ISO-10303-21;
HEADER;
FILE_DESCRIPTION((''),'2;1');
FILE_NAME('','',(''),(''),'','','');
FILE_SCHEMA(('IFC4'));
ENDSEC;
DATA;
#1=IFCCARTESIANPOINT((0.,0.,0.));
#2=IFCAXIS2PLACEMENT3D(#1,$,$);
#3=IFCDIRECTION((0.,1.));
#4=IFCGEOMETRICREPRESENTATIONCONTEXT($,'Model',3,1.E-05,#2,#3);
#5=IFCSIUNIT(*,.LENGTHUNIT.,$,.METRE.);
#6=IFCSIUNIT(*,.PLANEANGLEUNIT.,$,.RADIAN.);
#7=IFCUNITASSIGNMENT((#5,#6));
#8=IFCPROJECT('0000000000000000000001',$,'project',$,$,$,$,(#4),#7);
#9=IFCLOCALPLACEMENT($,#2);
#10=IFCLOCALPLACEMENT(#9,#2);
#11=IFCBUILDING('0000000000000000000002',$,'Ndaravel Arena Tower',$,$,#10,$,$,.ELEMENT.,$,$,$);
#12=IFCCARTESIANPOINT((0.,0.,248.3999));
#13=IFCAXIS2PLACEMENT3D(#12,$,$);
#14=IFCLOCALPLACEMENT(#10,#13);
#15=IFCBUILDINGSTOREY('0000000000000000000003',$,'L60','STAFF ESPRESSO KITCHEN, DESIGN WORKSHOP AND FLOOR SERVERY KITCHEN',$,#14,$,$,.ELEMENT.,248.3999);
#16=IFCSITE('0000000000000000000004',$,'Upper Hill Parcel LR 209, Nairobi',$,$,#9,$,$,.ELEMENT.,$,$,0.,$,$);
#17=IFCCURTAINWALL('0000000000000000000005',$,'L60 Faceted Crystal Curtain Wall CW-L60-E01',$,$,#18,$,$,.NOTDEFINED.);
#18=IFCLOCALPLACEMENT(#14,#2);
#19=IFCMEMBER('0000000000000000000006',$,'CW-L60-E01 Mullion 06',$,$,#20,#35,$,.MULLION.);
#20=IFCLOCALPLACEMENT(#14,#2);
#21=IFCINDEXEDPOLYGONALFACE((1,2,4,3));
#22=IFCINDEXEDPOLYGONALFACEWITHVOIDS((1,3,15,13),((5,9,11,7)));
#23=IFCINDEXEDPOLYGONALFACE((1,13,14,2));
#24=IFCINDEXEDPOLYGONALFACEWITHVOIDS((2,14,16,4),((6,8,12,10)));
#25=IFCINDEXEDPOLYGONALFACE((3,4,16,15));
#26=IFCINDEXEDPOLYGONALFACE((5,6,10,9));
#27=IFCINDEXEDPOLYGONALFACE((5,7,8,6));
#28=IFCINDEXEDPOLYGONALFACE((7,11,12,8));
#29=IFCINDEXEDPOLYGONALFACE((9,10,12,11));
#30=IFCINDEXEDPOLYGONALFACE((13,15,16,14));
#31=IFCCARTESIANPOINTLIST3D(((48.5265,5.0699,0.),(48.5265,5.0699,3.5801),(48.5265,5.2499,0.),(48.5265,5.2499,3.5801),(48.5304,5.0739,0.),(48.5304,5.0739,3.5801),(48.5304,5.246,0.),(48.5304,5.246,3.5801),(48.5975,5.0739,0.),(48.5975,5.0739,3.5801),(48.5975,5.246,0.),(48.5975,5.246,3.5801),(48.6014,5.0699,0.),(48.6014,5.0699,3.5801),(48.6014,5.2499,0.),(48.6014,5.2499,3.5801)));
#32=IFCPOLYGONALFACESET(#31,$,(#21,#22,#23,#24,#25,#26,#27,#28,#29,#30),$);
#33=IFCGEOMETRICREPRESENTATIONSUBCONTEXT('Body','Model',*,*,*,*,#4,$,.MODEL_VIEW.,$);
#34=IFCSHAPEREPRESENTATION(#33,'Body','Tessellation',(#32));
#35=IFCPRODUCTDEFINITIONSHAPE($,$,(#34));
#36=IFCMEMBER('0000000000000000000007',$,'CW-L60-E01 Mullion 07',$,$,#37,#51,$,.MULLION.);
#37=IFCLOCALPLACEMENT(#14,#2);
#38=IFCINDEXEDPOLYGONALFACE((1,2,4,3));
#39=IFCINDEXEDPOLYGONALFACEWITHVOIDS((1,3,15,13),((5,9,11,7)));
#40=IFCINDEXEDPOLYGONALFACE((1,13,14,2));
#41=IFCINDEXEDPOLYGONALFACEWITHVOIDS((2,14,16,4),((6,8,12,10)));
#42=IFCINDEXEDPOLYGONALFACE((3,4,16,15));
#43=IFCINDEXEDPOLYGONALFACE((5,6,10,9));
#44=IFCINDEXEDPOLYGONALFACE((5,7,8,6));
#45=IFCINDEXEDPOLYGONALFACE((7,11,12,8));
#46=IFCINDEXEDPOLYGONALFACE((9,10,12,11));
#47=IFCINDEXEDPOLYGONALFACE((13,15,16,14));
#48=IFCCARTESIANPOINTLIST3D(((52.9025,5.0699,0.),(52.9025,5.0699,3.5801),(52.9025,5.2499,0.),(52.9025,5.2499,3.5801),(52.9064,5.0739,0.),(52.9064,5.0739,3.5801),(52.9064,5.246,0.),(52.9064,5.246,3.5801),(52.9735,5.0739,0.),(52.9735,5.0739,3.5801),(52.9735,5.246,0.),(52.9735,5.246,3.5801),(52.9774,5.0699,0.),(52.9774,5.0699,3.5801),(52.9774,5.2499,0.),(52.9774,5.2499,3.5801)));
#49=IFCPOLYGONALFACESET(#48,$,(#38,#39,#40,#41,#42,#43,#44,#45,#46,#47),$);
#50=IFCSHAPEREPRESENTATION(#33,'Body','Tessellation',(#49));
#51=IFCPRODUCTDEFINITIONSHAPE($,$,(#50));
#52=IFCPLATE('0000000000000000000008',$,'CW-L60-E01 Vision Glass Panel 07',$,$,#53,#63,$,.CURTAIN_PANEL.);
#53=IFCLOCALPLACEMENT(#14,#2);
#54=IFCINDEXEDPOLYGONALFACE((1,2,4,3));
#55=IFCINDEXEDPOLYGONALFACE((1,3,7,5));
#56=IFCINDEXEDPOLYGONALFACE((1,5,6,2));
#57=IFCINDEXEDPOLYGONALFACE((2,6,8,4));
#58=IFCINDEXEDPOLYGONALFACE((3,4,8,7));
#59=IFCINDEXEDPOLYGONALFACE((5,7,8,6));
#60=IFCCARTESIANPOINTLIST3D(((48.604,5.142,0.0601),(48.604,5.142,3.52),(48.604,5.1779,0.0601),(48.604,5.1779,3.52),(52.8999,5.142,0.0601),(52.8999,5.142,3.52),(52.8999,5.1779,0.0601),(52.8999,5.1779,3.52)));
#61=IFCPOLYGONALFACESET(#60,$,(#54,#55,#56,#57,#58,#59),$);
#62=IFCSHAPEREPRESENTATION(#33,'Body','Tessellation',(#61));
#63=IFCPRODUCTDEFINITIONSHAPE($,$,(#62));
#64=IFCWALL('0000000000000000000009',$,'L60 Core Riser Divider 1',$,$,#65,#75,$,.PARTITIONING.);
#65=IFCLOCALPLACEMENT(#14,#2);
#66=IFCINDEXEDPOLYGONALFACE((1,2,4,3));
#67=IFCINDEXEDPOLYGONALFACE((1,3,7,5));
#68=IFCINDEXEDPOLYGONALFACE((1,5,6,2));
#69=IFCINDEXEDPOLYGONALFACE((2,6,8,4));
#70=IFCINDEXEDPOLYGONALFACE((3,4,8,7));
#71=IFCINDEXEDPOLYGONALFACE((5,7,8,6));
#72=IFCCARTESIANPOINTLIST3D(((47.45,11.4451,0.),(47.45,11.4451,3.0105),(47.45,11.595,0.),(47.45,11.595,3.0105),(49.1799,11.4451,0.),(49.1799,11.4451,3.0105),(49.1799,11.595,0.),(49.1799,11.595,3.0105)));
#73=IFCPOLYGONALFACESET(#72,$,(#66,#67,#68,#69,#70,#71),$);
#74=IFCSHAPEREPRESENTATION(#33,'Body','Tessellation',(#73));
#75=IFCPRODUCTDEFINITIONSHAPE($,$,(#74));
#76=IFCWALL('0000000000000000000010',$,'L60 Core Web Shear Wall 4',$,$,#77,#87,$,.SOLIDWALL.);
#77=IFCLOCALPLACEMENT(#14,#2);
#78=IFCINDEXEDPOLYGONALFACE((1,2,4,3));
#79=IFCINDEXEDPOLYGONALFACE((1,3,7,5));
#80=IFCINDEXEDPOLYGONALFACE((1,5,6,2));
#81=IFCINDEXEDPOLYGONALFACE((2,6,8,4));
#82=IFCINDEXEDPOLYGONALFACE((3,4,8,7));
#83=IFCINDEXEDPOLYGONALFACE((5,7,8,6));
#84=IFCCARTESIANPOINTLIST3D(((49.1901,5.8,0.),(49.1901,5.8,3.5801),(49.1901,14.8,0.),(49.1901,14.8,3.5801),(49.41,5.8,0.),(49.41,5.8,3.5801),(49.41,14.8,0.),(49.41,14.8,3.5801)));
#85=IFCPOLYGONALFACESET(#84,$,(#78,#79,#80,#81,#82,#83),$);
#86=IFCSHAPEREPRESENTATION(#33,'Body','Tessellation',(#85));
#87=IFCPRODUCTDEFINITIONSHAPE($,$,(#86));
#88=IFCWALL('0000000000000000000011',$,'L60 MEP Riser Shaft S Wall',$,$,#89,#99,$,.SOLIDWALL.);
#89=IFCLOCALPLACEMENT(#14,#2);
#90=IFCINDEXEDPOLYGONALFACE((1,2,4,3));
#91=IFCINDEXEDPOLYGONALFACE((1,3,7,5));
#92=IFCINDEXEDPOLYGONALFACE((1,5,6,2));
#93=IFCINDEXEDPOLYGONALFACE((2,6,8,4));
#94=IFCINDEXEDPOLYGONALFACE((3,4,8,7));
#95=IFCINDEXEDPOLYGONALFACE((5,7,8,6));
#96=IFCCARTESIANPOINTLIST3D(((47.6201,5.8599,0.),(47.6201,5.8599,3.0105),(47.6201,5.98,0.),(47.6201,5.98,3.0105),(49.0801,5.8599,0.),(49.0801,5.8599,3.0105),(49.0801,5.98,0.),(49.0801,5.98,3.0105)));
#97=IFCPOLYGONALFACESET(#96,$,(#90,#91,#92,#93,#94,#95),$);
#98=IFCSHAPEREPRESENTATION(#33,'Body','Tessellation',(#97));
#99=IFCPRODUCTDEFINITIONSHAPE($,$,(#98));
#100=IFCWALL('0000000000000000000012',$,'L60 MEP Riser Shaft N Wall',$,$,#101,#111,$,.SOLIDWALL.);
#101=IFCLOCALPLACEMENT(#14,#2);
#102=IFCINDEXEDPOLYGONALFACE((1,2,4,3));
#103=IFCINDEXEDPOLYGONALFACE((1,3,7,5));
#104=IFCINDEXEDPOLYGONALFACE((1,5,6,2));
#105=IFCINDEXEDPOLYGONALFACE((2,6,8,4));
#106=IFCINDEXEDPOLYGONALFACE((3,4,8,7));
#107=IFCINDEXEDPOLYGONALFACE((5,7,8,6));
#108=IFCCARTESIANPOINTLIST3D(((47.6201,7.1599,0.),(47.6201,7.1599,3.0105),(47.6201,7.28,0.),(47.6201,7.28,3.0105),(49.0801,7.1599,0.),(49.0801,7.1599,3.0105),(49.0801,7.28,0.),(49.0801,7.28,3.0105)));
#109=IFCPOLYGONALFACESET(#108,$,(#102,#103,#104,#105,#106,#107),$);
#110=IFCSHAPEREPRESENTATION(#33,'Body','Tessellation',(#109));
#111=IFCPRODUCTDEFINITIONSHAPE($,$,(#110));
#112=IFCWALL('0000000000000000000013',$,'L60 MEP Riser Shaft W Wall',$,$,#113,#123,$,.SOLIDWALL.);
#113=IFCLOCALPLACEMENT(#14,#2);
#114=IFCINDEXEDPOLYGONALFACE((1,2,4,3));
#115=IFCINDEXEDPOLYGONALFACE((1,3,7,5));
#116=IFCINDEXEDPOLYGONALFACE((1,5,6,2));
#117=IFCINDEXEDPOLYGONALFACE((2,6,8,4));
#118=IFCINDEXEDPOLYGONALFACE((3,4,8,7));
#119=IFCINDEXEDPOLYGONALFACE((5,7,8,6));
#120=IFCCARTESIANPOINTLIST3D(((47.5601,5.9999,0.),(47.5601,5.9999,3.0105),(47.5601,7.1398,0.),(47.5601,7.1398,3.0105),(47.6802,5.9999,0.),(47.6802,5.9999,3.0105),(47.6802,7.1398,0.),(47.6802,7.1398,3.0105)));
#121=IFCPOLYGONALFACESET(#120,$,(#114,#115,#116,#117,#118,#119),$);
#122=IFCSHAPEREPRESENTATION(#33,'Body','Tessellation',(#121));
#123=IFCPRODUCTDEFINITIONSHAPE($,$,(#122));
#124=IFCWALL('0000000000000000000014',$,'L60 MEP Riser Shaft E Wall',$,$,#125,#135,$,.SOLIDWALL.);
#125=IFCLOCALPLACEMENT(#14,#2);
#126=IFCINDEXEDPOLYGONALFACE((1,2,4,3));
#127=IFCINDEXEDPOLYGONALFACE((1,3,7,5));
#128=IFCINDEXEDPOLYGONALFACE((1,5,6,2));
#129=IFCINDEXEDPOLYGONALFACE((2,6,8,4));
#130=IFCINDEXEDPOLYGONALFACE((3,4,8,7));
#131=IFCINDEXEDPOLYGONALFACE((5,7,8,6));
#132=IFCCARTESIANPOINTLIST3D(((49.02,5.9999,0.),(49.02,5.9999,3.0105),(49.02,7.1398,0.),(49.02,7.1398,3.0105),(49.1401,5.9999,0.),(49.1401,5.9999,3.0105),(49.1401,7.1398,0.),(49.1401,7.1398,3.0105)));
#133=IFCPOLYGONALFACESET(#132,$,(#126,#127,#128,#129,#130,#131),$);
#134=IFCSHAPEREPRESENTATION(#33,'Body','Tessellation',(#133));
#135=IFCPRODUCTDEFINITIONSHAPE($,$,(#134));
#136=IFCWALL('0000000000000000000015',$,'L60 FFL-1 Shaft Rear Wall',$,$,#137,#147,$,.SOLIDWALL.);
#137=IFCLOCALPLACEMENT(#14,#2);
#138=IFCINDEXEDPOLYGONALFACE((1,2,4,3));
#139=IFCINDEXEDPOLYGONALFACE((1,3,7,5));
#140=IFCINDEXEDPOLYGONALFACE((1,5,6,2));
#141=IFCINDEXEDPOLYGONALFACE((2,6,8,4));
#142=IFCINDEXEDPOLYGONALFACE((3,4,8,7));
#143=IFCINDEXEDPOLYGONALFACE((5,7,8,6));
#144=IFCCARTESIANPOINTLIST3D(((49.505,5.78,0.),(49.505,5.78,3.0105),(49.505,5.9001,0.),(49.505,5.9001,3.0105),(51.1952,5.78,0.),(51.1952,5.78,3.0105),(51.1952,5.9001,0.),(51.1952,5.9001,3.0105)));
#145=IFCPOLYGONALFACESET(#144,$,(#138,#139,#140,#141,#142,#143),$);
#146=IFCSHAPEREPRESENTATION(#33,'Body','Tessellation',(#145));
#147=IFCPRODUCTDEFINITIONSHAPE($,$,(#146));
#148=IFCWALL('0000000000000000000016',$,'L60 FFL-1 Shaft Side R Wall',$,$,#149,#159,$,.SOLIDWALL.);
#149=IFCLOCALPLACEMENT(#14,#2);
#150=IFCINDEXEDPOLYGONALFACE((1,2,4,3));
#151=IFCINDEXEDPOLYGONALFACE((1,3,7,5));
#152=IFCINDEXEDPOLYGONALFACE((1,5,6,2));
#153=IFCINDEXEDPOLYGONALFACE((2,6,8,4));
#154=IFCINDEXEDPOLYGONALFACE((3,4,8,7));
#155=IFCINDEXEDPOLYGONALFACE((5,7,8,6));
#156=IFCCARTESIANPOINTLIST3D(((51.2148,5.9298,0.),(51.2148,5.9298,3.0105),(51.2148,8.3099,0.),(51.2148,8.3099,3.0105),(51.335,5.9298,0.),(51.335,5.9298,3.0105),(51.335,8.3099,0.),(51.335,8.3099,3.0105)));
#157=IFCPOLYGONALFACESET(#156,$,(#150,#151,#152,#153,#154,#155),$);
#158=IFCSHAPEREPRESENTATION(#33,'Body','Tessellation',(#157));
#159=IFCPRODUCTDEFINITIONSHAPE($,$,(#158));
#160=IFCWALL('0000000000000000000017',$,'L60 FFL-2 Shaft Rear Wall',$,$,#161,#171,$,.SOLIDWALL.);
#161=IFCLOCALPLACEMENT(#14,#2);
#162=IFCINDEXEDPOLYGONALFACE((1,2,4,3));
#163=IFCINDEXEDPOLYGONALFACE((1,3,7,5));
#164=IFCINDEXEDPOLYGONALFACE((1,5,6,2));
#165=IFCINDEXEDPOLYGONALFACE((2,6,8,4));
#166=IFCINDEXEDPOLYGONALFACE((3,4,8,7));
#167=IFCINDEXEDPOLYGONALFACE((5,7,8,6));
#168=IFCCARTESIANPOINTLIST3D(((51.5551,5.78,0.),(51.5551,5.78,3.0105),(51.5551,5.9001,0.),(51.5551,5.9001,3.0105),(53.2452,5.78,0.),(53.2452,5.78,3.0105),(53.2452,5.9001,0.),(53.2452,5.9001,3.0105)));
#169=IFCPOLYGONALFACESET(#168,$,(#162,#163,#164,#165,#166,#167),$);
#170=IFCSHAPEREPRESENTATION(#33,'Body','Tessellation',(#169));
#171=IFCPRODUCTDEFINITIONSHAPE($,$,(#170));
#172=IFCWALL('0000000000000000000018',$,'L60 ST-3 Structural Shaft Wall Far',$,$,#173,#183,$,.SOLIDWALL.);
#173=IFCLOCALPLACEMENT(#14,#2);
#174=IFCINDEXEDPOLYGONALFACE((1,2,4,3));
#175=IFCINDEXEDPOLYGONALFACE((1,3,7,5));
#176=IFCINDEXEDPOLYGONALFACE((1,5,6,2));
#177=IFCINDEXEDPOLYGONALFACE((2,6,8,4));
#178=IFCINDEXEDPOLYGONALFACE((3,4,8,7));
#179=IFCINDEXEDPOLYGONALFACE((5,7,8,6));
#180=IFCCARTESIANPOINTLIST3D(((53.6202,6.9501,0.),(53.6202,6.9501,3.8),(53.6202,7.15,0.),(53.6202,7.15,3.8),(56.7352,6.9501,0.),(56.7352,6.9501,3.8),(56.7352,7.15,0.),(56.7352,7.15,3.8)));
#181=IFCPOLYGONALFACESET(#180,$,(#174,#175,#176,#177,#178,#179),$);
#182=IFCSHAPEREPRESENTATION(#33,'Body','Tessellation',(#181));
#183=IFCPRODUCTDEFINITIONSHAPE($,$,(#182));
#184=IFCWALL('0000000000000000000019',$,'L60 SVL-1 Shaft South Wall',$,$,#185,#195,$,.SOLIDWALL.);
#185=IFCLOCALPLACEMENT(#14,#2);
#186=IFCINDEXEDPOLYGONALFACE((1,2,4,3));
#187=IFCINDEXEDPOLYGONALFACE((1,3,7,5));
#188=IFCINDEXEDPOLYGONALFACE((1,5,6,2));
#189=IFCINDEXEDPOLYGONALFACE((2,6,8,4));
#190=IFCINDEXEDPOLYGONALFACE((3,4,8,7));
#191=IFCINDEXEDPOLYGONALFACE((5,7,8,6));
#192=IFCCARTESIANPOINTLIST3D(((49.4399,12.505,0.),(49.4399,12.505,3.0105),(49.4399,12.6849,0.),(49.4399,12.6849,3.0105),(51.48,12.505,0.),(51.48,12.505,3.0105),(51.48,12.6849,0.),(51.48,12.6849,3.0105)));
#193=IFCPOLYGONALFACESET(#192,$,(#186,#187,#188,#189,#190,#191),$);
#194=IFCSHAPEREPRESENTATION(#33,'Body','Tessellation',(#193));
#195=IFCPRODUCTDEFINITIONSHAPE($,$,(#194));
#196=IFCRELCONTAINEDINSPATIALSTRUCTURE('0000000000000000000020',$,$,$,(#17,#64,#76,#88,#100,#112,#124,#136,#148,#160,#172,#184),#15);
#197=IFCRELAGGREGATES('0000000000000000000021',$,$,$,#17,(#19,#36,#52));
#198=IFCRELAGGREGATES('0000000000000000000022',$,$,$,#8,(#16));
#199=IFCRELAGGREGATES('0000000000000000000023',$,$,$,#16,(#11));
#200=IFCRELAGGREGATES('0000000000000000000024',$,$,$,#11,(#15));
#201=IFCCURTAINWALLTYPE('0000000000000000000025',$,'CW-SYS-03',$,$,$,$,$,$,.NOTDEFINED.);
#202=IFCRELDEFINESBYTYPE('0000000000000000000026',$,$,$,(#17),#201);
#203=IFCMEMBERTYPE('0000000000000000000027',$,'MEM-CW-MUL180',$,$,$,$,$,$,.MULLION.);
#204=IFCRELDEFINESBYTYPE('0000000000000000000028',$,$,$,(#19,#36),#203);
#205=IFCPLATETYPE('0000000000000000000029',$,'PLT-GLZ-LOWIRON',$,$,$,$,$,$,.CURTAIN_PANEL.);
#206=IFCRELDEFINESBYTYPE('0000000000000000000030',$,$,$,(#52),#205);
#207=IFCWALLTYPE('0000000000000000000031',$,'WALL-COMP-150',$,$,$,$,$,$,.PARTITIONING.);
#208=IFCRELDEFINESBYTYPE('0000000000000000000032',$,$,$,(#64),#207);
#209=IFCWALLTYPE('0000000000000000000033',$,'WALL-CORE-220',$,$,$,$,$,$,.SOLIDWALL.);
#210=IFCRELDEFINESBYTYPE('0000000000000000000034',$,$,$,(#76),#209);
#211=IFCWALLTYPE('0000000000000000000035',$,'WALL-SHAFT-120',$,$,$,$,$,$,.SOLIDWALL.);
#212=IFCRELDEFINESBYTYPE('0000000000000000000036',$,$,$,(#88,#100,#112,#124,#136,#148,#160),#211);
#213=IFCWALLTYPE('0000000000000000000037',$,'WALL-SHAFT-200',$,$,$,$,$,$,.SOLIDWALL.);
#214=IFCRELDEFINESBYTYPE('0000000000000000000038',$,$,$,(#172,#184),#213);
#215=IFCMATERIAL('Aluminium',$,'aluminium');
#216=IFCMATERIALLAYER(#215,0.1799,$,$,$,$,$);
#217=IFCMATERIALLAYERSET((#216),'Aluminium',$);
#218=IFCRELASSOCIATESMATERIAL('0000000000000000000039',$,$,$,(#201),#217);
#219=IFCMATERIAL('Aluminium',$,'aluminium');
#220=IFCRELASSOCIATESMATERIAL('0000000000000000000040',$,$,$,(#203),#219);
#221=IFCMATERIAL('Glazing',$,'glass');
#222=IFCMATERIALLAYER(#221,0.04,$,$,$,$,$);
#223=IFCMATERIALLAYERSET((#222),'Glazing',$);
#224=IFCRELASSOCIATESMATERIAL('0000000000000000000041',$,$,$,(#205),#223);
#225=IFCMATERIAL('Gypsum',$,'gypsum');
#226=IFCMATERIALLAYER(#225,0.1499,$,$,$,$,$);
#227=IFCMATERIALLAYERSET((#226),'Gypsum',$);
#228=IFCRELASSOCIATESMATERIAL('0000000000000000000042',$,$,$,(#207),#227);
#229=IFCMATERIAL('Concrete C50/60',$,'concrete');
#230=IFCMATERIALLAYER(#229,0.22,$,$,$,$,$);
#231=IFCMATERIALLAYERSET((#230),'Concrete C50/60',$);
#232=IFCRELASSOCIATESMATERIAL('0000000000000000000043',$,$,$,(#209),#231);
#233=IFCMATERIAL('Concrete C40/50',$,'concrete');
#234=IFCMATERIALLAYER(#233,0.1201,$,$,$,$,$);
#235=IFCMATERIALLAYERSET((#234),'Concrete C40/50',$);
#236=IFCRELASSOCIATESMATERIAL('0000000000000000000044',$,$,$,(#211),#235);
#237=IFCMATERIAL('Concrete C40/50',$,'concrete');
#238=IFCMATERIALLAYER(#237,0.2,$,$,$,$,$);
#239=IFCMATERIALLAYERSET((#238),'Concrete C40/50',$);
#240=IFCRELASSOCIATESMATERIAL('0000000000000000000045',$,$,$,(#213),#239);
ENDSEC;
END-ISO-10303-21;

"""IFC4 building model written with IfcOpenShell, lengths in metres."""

from ifc_helpers import new_model, si_unit, direction, frame, frame_2d, origin, origin_2d, place, context, subcontext, project, spatial, rectangle, hollow_rectangle, extrude, material, layer, layer_set, material_profile, profile_set, type_object, element, aggregate, save


model = new_model("IFC4")

# Units and contexts
model_context = context("Model", 3, precision=1e-05, world=origin(), true_north=direction((0.0, 1.0)))
body_context = subcontext(model_context, "Body", "Model", "MODEL_VIEW")
ifc_project = project(units=[si_unit("LENGTHUNIT", "METRE"), si_unit("PLANEANGLEUNIT", "RADIAN")], contexts=[model_context])

# Site, building, storey
site_placement = place(None, origin())
site = spatial("IfcSite", under=ifc_project, at=site_placement, Name="Upper Hill Parcel LR 209, Nairobi", CompositionType="ELEMENT", RefElevation=0.0)
building_placement = place(site_placement, origin())
building = spatial("IfcBuilding", under=site, at=building_placement, Name="Ndaravel Arena Tower", CompositionType="ELEMENT")
storey_placement = place(building_placement, frame((0.0, 0.0, 248.3999)))
storey = spatial("IfcBuildingStorey", under=building, at=storey_placement, Name="L60", Description="STAFF ESPRESSO KITCHEN, DESIGN WORKSHOP AND FLOOR SERVERY KITCHEN", CompositionType="ELEMENT", Elevation=248.3999)

# Curtain wall, members, plate
ifc_material_1 = material(Name="Aluminium", Category="aluminium")
ifc_layer_1 = layer(ifc_material_1, 0.1799)
ifc_layer_set_1 = layer_set([ifc_layer_1], Name="Aluminium")
curtain_wall_type = type_object("IfcCurtainWallType", Name="CW-SYS-03", PredefinedType="NOTDEFINED", material=ifc_layer_set_1)
curtain_wall_placement = place(storey_placement, origin())
curtain_wall = element("IfcCurtainWall", 1, at=curtain_wall_placement, inside=storey, type_object=curtain_wall_type, Name="L60 Faceted Crystal Curtain Wall CW-L60-E01", PredefinedType="NOTDEFINED")
ifc_material_2 = material(Name="Aluminium", Category="aluminium")
ifc_material_profile = material_profile(ifc_material_2, hollow_rectangle(XDim=0.075, YDim=0.1799, WallThickness=0.0039, at=origin_2d()), Name="CW MULLION 75x180x4")
ifc_profile_set = profile_set([ifc_material_profile], Name="Aluminium")
member_type = type_object("IfcMemberType", Name="MEM-CW-MUL180", PredefinedType="MULLION", material=ifc_profile_set)
member_1_placement = place(storey_placement, frame((48.564, 5.1599, 0.0), z_axis=(0.0, 0.0, 1.0), x_axis=(1.0, 0.0, 0.0)))
member_1 = element("IfcMember", 2, at=member_1_placement, type_object=member_type, Name="CW-L60-E01 Mullion 06", PredefinedType="MULLION", context=body_context, shape_type="SweptSolid", body=[
    extrude(hollow_rectangle(XDim=0.075, YDim=0.1799, WallThickness=0.0039, at=origin_2d()), origin(), (0.0, 0.0, 1.0), 3.5801),
])
member_2_placement = place(storey_placement, frame((52.9399, 5.1599, 0.0), z_axis=(0.0, 0.0, 1.0), x_axis=(1.0, 0.0, 0.0)))
member_2 = element("IfcMember", 3, at=member_2_placement, type_object=member_type, Name="CW-L60-E01 Mullion 07", PredefinedType="MULLION", context=body_context, shape_type="SweptSolid", body=[
    extrude(hollow_rectangle(XDim=0.075, YDim=0.1799, WallThickness=0.0039, at=origin_2d()), origin(), (0.0, 0.0, 1.0), 3.5801),
])
ifc_material_3 = material(Name="Glazing", Category="glass")
ifc_layer_2 = layer(ifc_material_3, 0.04)
ifc_layer_set_2 = layer_set([ifc_layer_2], Name="Glazing")
plate_type = type_object("IfcPlateType", Name="PLT-GLZ-LOWIRON", PredefinedType="CURTAIN_PANEL", material=ifc_layer_set_2)
plate_placement = place(storey_placement, frame((50.752, 5.1599, 0.0601), z_axis=(0.0, 0.0, 1.0), x_axis=(1.0, 0.0, 0.0)))
plate = element("IfcPlate", 4, at=plate_placement, type_object=plate_type, Name="CW-L60-E01 Vision Glass Panel 07", PredefinedType="CURTAIN_PANEL", context=body_context, shape_type="SweptSolid", body=[
    extrude(rectangle(XDim=4.2959, YDim=0.0359, at=origin_2d()), origin(), (0.0, 0.0, 1.0), 3.46),
])
aggregate(curtain_wall, [member_1, member_2, plate])

# Walls
ifc_material_4 = material(Name="Gypsum", Category="gypsum")
ifc_layer_3 = layer(ifc_material_4, 0.1499)
ifc_layer_set_3 = layer_set([ifc_layer_3], Name="Gypsum")
wall_type_1 = type_object("IfcWallType", Name="WALL-COMP-150", PredefinedType="PARTITIONING", material=ifc_layer_set_3)
wall_1_placement = place(storey_placement, frame((47.45, 11.52, 0.0), z_axis=(0.0, 0.0, 1.0), x_axis=(1.0, 0.0, 0.0)))
element("IfcWall", 5, at=wall_1_placement, inside=storey, type_object=wall_type_1, Name="L60 Core Riser Divider 1", PredefinedType="PARTITIONING", context=body_context, shape_type="SweptSolid", body=[
    extrude(rectangle(XDim=1.73, YDim=0.1499, at=frame_2d((0.865, 0.0))), origin(), (0.0, 0.0, 1.0), 3.0105),
])
ifc_material_5 = material(Name="Concrete C50/60", Category="concrete")
ifc_layer_4 = layer(ifc_material_5, 0.22)
ifc_layer_set_4 = layer_set([ifc_layer_4], Name="Concrete C50/60")
wall_type_2 = type_object("IfcWallType", Name="WALL-CORE-220", PredefinedType="SOLIDWALL", material=ifc_layer_set_4)
wall_2_placement = place(storey_placement, frame((49.3, 5.8, 0.0), z_axis=(0.0, 0.0, 1.0), x_axis=(0.0, 1.0, 0.0)))
element("IfcWall", 6, at=wall_2_placement, inside=storey, type_object=wall_type_2, Name="L60 Core Web Shear Wall 4", PredefinedType="SOLIDWALL", context=body_context, shape_type="SweptSolid", body=[
    extrude(rectangle(XDim=9.0, YDim=0.22, at=frame_2d((4.5, 0.0))), origin(), (0.0, 0.0, 1.0), 3.5801),
])

# Walls
ifc_material_6 = material(Name="Concrete C40/50", Category="concrete")
ifc_layer_5 = layer(ifc_material_6, 0.1201)
ifc_layer_set_5 = layer_set([ifc_layer_5], Name="Concrete C40/50")
wall_type_3 = type_object("IfcWallType", Name="WALL-SHAFT-120", PredefinedType="SOLIDWALL", material=ifc_layer_set_5)
for number, where, z_axis, x_axis, name in (
    (7, (47.6201, 5.9199, 0.0), (0.0, 0.0, 1.0), (1.0, 0.0, 0.0), "L60 MEP Riser Shaft S Wall"),
    (8, (47.6201, 7.22, 0.0), (0.0, 0.0, 1.0), (1.0, 0.0, 0.0), "L60 MEP Riser Shaft N Wall"),
):
    element("IfcWall", number, at=place(storey_placement, frame(where, z_axis=z_axis, x_axis=x_axis)), inside=storey, type_object=wall_type_3, Name=name, PredefinedType="SOLIDWALL", context=body_context, shape_type="SweptSolid", body=[
        extrude(rectangle(XDim=1.46, YDim=0.1201, at=frame_2d((0.73, 0.0))), origin(), (0.0, 0.0, 1.0), 3.0105),
    ])
for number, where, z_axis, x_axis, name in (
    (9, (47.6201, 6.0, 0.0), (0.0, 0.0, 1.0), (0.0, 1.0, 0.0), "L60 MEP Riser Shaft W Wall"),
    (10, (49.0801, 6.0, 0.0), (0.0, 0.0, 1.0), (0.0, 1.0, 0.0), "L60 MEP Riser Shaft E Wall"),
):
    element("IfcWall", number, at=place(storey_placement, frame(where, z_axis=z_axis, x_axis=x_axis)), inside=storey, type_object=wall_type_3, Name=name, PredefinedType="SOLIDWALL", context=body_context, shape_type="SweptSolid", body=[
        extrude(rectangle(XDim=1.1399, YDim=0.1201, at=frame_2d((0.5698, 0.0))), origin(), (0.0, 0.0, 1.0), 3.0105),
    ])
wall_3_placement = place(storey_placement, frame((49.5049, 5.8401, 0.0), z_axis=(0.0, 0.0, 1.0), x_axis=(1.0, 0.0, 0.0)))
element("IfcWall", 11, at=wall_3_placement, inside=storey, type_object=wall_type_3, Name="L60 FFL-1 Shaft Rear Wall", PredefinedType="SOLIDWALL", context=body_context, shape_type="SweptSolid", body=[
    extrude(rectangle(XDim=1.6902, YDim=0.1201, at=frame_2d((0.8452, 0.0))), origin(), (0.0, 0.0, 1.0), 3.0105),
])
wall_4_placement = place(storey_placement, frame((51.2749, 5.9299, 0.0), z_axis=(0.0, 0.0, 1.0), x_axis=(0.0, 1.0, 0.0)))
element("IfcWall", 12, at=wall_4_placement, inside=storey, type_object=wall_type_3, Name="L60 FFL-1 Shaft Side R Wall", PredefinedType="SOLIDWALL", context=body_context, shape_type="SweptSolid", body=[
    extrude(rectangle(XDim=2.3801, YDim=0.1201, at=frame_2d((1.1899, 0.0))), origin(), (0.0, 0.0, 1.0), 3.0105),
])
wall_5_placement = place(storey_placement, frame((51.5549, 5.8401, 0.0), z_axis=(0.0, 0.0, 1.0), x_axis=(1.0, 0.0, 0.0)))
element("IfcWall", 13, at=wall_5_placement, inside=storey, type_object=wall_type_3, Name="L60 FFL-2 Shaft Rear Wall", PredefinedType="SOLIDWALL", context=body_context, shape_type="SweptSolid", body=[
    extrude(rectangle(XDim=1.6902, YDim=0.1201, at=frame_2d((0.8452, 0.0))), origin(), (0.0, 0.0, 1.0), 3.0105),
])
ifc_material_7 = material(Name="Concrete C40/50", Category="concrete")
ifc_layer_6 = layer(ifc_material_7, 0.2)
ifc_layer_set_6 = layer_set([ifc_layer_6], Name="Concrete C40/50")
wall_type_4 = type_object("IfcWallType", Name="WALL-SHAFT-200", PredefinedType="SOLIDWALL", material=ifc_layer_set_6)
wall_6_placement = place(storey_placement, frame((53.6201, 7.05, 0.0), z_axis=(0.0, 0.0, 1.0), x_axis=(1.0, 0.0, 0.0)))
element("IfcWall", 14, at=wall_6_placement, inside=storey, type_object=wall_type_4, Name="L60 ST-3 Structural Shaft Wall Far", PredefinedType="SOLIDWALL", context=body_context, shape_type="SweptSolid", body=[
    extrude(rectangle(XDim=3.115, YDim=0.2, at=frame_2d((1.5576, 0.0))), origin(), (0.0, 0.0, 1.0), 3.8),
])

# Wall
wall_7_placement = place(storey_placement, frame((49.4399, 12.595, 0.0), z_axis=(0.0, 0.0, 1.0), x_axis=(1.0, 0.0, 0.0)))
element("IfcWall", 15, at=wall_7_placement, inside=storey, type_object=wall_type_4, Name="L60 SVL-1 Shaft South Wall", PredefinedType="SOLIDWALL", context=body_context, shape_type="SweptSolid", body=[
    extrude(rectangle(XDim=2.04, YDim=0.1799, at=frame_2d((1.02, 0.0))), origin(), (0.0, 0.0, 1.0), 3.0105),
])

save(model, "model.ifc")
